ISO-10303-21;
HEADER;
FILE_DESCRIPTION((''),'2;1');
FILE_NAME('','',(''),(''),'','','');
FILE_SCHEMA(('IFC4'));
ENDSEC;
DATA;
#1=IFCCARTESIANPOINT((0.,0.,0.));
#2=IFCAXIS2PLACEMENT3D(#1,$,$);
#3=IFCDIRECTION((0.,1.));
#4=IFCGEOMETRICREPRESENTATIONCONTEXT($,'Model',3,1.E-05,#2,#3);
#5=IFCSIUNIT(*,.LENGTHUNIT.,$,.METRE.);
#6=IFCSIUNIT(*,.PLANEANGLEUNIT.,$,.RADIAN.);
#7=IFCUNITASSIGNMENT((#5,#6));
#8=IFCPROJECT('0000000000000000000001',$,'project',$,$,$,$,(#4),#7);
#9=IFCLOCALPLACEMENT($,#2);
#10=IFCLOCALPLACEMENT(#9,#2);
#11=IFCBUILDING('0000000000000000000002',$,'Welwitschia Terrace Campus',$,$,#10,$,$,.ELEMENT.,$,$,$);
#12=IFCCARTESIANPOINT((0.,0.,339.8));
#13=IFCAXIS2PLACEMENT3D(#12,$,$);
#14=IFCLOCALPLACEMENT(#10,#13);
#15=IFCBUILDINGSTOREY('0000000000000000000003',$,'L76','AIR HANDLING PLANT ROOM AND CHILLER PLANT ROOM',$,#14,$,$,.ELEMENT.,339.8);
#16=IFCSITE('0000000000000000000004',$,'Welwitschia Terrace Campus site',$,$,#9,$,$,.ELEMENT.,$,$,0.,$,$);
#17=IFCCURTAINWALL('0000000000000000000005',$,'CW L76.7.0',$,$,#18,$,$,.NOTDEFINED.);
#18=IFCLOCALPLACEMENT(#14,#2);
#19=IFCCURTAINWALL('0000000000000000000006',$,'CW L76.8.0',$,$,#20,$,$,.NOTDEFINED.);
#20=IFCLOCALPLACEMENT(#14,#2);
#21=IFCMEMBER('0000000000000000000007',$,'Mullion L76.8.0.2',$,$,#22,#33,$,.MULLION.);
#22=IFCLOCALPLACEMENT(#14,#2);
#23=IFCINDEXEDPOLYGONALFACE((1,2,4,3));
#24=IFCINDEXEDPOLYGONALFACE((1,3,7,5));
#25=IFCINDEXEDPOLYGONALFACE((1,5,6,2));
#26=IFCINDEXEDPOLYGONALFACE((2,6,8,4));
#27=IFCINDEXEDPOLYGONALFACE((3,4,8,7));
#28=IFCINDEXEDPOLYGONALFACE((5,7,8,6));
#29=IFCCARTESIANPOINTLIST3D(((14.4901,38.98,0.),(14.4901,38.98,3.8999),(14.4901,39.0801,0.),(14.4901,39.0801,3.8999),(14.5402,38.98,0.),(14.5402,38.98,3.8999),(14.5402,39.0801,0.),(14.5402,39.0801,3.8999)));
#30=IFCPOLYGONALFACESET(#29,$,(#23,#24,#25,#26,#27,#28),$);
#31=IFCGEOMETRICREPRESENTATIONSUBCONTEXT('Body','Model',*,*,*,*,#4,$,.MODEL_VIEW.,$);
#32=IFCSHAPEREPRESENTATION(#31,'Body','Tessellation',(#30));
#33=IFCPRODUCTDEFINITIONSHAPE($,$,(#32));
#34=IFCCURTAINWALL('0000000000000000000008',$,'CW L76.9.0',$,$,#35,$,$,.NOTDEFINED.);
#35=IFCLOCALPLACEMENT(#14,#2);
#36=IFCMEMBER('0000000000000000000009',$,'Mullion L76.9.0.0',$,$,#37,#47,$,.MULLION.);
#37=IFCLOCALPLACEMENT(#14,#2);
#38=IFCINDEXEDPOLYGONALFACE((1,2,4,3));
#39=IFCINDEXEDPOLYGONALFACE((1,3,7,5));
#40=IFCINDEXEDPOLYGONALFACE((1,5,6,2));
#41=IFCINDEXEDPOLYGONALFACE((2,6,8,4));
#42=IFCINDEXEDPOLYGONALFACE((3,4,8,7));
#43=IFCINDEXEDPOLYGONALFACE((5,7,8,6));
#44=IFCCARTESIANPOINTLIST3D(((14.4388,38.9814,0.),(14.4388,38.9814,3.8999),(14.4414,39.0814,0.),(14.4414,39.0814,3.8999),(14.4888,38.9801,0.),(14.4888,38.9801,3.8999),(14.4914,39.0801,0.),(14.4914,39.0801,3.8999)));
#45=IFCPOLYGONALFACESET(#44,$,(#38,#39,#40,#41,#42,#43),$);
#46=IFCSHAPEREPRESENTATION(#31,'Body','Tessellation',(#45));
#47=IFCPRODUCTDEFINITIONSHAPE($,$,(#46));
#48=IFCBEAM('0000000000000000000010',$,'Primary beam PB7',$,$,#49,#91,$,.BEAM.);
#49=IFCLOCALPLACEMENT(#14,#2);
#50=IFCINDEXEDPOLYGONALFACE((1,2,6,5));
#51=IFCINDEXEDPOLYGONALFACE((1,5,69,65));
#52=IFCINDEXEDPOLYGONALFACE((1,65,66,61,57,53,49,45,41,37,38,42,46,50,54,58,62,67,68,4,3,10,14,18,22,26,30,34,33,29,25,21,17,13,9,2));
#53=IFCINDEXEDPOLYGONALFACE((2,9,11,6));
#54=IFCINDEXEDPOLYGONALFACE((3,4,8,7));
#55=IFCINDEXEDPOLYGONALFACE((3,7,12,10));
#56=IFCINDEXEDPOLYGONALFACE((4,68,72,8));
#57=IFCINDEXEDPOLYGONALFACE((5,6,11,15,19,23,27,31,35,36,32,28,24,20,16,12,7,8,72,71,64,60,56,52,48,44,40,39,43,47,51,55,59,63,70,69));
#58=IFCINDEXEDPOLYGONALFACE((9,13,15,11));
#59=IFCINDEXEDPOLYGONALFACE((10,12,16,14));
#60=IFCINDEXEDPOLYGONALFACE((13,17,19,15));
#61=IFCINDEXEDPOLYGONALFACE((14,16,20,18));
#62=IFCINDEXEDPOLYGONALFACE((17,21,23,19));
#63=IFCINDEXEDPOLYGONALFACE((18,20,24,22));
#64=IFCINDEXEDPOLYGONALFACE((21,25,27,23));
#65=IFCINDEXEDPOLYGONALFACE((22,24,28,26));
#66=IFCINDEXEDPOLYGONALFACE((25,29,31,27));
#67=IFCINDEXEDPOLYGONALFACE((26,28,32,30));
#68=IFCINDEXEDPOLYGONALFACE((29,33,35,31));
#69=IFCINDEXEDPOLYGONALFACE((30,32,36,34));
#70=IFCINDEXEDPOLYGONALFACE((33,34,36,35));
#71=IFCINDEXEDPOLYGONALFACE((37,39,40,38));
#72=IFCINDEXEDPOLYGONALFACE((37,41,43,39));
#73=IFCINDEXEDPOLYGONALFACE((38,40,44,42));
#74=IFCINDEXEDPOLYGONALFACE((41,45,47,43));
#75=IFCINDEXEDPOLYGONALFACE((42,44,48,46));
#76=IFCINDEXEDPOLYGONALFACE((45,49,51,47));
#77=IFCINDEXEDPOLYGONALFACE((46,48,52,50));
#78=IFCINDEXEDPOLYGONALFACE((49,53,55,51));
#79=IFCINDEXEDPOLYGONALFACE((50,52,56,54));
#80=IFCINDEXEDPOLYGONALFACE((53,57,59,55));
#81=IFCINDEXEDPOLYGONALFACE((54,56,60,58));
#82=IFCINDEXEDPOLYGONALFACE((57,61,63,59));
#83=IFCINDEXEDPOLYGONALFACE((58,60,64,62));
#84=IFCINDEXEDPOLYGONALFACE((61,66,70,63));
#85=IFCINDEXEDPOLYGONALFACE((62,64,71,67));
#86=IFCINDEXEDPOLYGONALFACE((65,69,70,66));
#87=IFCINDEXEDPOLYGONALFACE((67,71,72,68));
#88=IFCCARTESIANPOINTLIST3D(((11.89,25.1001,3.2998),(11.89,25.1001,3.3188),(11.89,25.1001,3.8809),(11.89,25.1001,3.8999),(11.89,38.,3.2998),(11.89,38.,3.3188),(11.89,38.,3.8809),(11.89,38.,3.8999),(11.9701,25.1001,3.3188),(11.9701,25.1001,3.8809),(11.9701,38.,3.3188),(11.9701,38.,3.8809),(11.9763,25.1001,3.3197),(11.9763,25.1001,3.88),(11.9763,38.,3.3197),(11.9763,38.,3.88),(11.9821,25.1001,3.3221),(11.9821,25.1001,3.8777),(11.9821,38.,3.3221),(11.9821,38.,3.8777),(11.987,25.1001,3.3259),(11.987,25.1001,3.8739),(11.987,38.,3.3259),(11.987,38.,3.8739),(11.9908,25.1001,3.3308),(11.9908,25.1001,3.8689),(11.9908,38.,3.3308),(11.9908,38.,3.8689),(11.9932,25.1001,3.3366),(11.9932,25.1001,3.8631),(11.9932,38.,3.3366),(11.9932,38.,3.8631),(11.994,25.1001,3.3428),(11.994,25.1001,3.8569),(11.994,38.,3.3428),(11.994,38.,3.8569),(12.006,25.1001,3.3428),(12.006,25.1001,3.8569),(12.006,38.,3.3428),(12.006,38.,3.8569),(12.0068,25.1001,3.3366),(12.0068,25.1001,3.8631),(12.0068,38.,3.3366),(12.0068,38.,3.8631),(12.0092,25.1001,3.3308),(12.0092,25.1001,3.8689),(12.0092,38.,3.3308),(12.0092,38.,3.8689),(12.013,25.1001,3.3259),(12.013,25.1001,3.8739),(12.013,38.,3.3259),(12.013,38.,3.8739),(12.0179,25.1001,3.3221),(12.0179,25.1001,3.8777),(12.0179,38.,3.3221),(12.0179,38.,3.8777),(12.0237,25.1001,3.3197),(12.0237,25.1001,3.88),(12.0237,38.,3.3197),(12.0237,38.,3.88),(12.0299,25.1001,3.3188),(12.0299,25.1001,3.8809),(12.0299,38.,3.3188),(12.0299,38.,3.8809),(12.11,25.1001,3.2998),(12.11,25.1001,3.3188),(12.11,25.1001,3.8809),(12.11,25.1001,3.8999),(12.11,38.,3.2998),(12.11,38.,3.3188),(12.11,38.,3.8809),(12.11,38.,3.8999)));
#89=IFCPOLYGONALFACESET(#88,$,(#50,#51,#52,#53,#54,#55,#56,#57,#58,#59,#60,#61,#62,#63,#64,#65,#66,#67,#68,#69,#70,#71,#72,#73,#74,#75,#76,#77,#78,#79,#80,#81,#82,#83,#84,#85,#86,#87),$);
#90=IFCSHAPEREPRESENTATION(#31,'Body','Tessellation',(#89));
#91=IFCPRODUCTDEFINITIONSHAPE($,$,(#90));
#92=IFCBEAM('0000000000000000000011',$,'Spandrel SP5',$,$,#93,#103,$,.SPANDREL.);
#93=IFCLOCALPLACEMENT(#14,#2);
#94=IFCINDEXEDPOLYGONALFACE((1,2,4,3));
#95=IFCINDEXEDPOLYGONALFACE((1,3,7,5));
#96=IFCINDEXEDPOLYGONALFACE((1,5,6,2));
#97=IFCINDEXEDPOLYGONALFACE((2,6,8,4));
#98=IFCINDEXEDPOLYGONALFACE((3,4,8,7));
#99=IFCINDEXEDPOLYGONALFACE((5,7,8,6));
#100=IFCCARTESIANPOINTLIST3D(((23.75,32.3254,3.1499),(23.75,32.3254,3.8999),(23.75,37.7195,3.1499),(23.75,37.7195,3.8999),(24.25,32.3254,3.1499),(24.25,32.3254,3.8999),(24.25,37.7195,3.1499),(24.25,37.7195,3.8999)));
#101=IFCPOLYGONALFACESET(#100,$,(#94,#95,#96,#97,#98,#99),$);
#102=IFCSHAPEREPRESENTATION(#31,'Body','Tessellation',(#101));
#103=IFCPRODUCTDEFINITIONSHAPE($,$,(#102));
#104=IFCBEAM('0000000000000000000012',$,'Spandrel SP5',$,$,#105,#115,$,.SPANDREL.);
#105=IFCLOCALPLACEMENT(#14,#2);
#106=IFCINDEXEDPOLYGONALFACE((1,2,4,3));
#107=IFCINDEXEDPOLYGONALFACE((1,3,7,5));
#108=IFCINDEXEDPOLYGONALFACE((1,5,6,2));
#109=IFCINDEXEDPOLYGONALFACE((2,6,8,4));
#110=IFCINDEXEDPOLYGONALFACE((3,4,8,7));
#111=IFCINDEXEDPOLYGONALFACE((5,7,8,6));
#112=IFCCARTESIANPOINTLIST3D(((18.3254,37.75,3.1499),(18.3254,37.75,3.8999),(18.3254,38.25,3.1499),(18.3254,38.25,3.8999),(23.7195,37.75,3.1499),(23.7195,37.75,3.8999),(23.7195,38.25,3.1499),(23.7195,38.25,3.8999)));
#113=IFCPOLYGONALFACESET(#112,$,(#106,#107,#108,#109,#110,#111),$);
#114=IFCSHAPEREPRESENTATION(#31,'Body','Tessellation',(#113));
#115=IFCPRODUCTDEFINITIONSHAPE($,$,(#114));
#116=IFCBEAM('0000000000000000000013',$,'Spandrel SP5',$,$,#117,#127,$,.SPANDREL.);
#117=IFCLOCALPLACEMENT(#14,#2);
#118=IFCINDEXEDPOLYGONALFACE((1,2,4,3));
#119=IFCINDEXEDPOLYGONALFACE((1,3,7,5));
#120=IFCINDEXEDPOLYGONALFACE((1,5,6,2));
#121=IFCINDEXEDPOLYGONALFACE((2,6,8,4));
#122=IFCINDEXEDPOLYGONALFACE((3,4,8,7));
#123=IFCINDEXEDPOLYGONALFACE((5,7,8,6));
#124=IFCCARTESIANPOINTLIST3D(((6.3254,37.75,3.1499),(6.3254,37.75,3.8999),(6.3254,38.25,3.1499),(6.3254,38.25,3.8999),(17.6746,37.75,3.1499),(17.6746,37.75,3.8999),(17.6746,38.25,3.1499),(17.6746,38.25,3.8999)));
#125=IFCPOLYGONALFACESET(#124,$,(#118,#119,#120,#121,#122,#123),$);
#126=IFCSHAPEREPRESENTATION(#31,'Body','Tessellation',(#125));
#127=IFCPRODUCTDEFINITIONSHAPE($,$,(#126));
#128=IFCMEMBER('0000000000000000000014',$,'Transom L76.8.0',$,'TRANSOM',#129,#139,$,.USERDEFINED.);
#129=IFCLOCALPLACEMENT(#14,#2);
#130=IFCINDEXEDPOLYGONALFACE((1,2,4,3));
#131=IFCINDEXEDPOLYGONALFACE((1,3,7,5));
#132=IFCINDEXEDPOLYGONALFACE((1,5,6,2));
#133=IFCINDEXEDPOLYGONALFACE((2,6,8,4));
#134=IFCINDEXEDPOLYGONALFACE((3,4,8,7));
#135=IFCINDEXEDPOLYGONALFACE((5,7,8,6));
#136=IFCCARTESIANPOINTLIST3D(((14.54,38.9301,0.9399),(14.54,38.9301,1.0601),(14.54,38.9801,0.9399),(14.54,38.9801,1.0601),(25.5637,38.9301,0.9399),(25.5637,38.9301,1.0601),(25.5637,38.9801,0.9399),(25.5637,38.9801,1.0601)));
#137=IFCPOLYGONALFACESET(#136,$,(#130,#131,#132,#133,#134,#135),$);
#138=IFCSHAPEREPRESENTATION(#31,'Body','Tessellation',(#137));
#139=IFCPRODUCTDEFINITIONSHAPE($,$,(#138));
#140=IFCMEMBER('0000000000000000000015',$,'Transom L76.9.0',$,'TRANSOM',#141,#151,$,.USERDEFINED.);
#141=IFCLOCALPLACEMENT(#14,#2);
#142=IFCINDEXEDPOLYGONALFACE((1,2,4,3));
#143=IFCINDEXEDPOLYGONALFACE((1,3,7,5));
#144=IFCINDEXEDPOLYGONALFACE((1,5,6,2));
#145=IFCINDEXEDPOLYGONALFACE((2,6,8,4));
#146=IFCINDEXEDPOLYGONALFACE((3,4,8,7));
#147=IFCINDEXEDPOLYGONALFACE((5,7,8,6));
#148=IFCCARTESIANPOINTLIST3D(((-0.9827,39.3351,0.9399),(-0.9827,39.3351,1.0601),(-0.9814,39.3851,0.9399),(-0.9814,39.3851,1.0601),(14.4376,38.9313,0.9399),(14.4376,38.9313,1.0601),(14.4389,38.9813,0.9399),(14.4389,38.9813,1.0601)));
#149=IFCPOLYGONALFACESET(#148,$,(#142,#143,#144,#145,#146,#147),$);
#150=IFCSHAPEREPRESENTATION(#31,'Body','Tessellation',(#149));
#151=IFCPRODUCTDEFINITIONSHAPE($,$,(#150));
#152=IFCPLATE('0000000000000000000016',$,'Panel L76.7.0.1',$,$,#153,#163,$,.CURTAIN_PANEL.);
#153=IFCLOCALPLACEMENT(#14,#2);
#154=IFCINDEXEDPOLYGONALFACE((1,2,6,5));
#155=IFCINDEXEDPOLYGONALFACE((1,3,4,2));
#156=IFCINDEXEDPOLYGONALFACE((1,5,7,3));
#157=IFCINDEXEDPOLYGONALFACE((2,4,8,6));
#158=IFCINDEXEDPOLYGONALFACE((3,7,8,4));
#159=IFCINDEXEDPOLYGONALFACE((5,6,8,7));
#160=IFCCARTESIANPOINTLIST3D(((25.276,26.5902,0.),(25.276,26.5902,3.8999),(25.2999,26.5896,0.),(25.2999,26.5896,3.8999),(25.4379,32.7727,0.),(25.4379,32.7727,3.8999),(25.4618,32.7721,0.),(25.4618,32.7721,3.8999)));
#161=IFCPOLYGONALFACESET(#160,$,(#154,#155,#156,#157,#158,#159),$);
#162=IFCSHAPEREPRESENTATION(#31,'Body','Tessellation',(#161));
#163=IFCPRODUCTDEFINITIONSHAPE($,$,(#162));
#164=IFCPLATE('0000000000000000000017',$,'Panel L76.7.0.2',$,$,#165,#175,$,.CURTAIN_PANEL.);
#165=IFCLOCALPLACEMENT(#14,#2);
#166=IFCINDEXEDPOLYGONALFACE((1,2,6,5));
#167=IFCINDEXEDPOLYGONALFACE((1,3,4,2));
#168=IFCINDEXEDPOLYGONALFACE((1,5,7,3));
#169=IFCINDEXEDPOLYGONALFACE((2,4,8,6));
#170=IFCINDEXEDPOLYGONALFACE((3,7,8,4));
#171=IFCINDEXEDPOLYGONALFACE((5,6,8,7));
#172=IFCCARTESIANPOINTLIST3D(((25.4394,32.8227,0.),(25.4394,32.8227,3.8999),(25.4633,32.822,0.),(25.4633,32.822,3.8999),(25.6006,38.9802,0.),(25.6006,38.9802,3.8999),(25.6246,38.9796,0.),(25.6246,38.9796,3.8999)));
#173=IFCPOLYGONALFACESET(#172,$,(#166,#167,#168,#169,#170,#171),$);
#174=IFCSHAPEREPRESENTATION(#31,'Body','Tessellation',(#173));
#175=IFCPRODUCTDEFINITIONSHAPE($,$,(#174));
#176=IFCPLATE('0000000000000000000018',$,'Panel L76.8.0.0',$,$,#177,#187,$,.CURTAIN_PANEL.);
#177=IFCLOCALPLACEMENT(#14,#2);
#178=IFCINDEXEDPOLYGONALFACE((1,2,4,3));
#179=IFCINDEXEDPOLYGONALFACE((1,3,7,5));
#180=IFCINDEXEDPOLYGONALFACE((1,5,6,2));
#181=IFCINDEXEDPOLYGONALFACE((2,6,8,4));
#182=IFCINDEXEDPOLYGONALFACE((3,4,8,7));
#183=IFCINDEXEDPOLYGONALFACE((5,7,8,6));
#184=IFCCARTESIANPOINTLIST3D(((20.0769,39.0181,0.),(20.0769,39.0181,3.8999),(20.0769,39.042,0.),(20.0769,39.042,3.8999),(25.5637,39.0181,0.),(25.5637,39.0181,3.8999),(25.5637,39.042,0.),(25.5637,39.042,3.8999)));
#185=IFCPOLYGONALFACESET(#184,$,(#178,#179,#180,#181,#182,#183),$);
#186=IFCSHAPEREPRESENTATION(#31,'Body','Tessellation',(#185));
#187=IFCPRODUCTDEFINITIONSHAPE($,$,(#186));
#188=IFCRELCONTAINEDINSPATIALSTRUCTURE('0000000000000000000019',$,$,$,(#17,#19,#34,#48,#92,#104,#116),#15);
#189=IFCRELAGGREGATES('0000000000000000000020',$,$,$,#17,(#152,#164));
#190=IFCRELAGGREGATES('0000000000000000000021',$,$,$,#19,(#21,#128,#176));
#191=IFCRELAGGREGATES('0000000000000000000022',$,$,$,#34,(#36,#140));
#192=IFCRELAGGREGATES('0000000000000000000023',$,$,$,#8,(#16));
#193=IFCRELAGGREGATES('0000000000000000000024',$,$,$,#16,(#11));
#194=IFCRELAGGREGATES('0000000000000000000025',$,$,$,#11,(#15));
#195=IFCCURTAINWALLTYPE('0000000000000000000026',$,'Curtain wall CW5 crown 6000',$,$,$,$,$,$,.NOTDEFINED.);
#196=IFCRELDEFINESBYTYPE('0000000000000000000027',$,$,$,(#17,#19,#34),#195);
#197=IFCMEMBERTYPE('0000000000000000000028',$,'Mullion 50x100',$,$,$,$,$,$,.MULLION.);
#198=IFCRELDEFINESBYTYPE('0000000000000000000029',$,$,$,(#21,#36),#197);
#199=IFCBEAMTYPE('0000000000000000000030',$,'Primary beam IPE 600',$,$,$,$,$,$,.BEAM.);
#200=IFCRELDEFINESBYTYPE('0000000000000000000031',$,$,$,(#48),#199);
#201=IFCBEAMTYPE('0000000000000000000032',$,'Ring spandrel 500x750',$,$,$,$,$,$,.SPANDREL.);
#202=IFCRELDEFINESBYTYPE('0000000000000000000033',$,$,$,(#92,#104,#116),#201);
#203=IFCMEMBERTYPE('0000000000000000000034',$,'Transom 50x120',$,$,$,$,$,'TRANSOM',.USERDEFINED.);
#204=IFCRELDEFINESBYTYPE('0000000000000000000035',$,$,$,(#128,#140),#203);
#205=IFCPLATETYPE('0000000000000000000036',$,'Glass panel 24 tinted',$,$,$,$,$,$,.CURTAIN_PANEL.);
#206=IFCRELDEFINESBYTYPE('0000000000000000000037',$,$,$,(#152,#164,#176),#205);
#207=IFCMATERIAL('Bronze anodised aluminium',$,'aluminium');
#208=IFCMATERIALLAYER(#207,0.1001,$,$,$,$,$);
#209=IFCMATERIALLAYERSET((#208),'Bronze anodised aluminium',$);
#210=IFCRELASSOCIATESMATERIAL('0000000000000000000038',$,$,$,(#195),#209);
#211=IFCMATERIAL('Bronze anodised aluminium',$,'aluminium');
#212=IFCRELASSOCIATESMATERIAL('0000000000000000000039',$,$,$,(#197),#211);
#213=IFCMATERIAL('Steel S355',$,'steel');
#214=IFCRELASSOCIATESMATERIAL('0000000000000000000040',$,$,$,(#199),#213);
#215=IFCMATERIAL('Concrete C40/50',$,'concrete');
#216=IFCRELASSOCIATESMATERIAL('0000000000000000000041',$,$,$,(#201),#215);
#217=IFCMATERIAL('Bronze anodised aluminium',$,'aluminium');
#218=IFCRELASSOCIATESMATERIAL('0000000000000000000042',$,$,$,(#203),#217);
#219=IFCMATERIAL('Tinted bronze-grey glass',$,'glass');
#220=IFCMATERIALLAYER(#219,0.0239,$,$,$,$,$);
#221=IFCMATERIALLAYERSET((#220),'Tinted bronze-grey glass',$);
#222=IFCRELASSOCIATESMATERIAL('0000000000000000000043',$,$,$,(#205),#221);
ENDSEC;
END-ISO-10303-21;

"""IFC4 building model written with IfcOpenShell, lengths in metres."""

from ifc_helpers import new_model, si_unit, direction, frame, origin, origin_2d, place, context, subcontext, project, spatial, rectangle, i_section, extrude, material, layer, layer_set, material_profile, profile_set, type_object, element, aggregate, save


model = new_model("IFC4")

# Units and contexts
model_context = context("Model", 3, precision=1e-05, world=origin(), true_north=direction((0.0, 1.0)))
body_context = subcontext(model_context, "Body", "Model", "MODEL_VIEW")
ifc_project = project(units=[si_unit("LENGTHUNIT", "METRE"), si_unit("PLANEANGLEUNIT", "RADIAN")], contexts=[model_context])

# Site, building, storey
site_placement = place(None, origin())
site = spatial("IfcSite", under=ifc_project, at=site_placement, Name="Welwitschia Terrace Campus site", CompositionType="ELEMENT", RefElevation=0.0)
building_placement = place(site_placement, origin())
building = spatial("IfcBuilding", under=site, at=building_placement, Name="Welwitschia Terrace Campus", CompositionType="ELEMENT")
storey_placement = place(building_placement, frame((0.0, 0.0, 339.8)))
storey = spatial("IfcBuildingStorey", under=building, at=storey_placement, Name="L76", Description="AIR HANDLING PLANT ROOM AND CHILLER PLANT ROOM", CompositionType="ELEMENT", Elevation=339.8)

# Curtain walls, member
ifc_material_1 = material(Name="Bronze anodised aluminium", Category="aluminium")
ifc_layer_1 = layer(ifc_material_1, 0.1001)
ifc_layer_set_1 = layer_set([ifc_layer_1], Name="Bronze anodised aluminium")
curtain_wall_type = type_object("IfcCurtainWallType", Name="Curtain wall CW5 crown 6000", PredefinedType="NOTDEFINED", material=ifc_layer_set_1)
curtain_wall_1_placement = place(storey_placement, origin())
curtain_wall_1 = element("IfcCurtainWall", 1, at=curtain_wall_1_placement, inside=storey, type_object=curtain_wall_type, Name="CW L76.7.0", PredefinedType="NOTDEFINED")
ifc_material_2 = material(Name="Bronze anodised aluminium", Category="aluminium")
ifc_material_profile_1 = material_profile(ifc_material_2, rectangle(XDim=0.1001, YDim=0.05, at=origin_2d()))
ifc_profile_set_1 = profile_set([ifc_material_profile_1], Name="Bronze anodised aluminium")
member_type_1 = type_object("IfcMemberType", Name="Mullion 50x100", PredefinedType="MULLION", material=ifc_profile_set_1)
curtain_wall_2_placement = place(storey_placement, origin())
curtain_wall_2 = element("IfcCurtainWall", 2, at=curtain_wall_2_placement, inside=storey, type_object=curtain_wall_type, Name="CW L76.8.0", PredefinedType="NOTDEFINED")
member_1_placement = place(storey_placement, frame((14.5151, 39.03, 0.0), z_axis=(0.0, 0.0, 1.0), x_axis=(0.0, -1.0, 0.0)))
member_1 = element("IfcMember", 3, at=member_1_placement, type_object=member_type_1, Name="Mullion L76.8.0.2", PredefinedType="MULLION", context=body_context, shape_type="SweptSolid", body=[
    extrude(rectangle(XDim=0.1001, YDim=0.05, at=origin_2d()), origin(), (0.0, 0.0, 1.0), 3.8999),
])

# Curtain wall, member
curtain_wall_3_placement = place(storey_placement, origin())
curtain_wall_3 = element("IfcCurtainWall", 4, at=curtain_wall_3_placement, inside=storey, type_object=curtain_wall_type, Name="CW L76.9.0", PredefinedType="NOTDEFINED")
member_2_placement = place(storey_placement, frame((14.4651, 39.0308, 0.0), z_axis=(0.0, 0.0, 1.0), x_axis=(-0.026177, -0.999657, 0.0)))
member_2 = element("IfcMember", 5, at=member_2_placement, type_object=member_type_1, Name="Mullion L76.9.0.0", PredefinedType="MULLION", context=body_context, shape_type="SweptSolid", body=[
    extrude(rectangle(XDim=0.1001, YDim=0.05, at=origin_2d()), origin(), (0.0, 0.0, 1.0), 3.8999),
])

# Beams
ifc_material_3 = material(Name="Steel S355", Category="steel")
ifc_material_profile_2 = material_profile(ifc_material_3, i_section(OverallWidth=0.22, OverallDepth=0.6001, WebThickness=0.012, FlangeThickness=0.019, FilletRadius=0.0239, at=origin_2d()))
ifc_profile_set_2 = profile_set([ifc_material_profile_2], Name="Steel S355")
beam_type_1 = type_object("IfcBeamType", Name="Primary beam IPE 600", PredefinedType="BEAM", material=ifc_profile_set_2)
beam_1_placement = place(storey_placement, frame((12.0, 38.0, 3.5999), z_axis=(0.0, -1.0, 0.0), x_axis=(1.0, 0.0, 0.0)))
element("IfcBeam", 6, at=beam_1_placement, inside=storey, type_object=beam_type_1, Name="Primary beam PB7", PredefinedType="BEAM", context=body_context, shape_type="SweptSolid", body=[
    extrude(i_section(OverallWidth=0.22, OverallDepth=0.6001, WebThickness=0.012, FlangeThickness=0.019, FilletRadius=0.0239, at=origin_2d()), origin(), (0.0, 0.0, 1.0), 12.8999),
])
ifc_material_4 = material(Name="Concrete C40/50", Category="concrete")
ifc_material_profile_3 = material_profile(ifc_material_4, rectangle(XDim=0.5, YDim=0.75, at=origin_2d()))
ifc_profile_set_3 = profile_set([ifc_material_profile_3], Name="Concrete C40/50")
beam_type_2 = type_object("IfcBeamType", Name="Ring spandrel 500x750", PredefinedType="SPANDREL", material=ifc_profile_set_3)
for number, where, z_axis, x_axis, name in (
    (7, (24.0, 32.3254, 3.5249), (0.0, 1.0, 0.0), (-1.0, 0.0, 0.0), "Spandrel SP5"),
    (8, (23.7195, 38.0, 3.5249), (-1.0, 0.0, 0.0), (0.0, -1.0, 0.0), "Spandrel SP5"),
):
    element("IfcBeam", number, at=place(storey_placement, frame(where, z_axis=z_axis, x_axis=x_axis)), inside=storey, type_object=beam_type_2, Name=name, PredefinedType="SPANDREL", context=body_context, shape_type="SweptSolid", body=[
        extrude(rectangle(XDim=0.5, YDim=0.75, at=origin_2d()), origin(), (0.0, 0.0, 1.0), 5.394),
    ])
beam_2_placement = place(storey_placement, frame((17.6746, 38.0, 3.5249), z_axis=(-1.0, 0.0, 0.0), x_axis=(0.0, -1.0, 0.0)))
element("IfcBeam", 9, at=beam_2_placement, inside=storey, type_object=beam_type_2, Name="Spandrel SP5", PredefinedType="SPANDREL", context=body_context, shape_type="SweptSolid", body=[
    extrude(rectangle(XDim=0.5, YDim=0.75, at=origin_2d()), origin(), (0.0, 0.0, 1.0), 11.3491),
])

# Members
ifc_material_5 = material(Name="Bronze anodised aluminium", Category="aluminium")
ifc_material_profile_4 = material_profile(ifc_material_5, rectangle(XDim=0.05, YDim=0.1201, at=origin_2d()))
ifc_profile_set_4 = profile_set([ifc_material_profile_4], Name="Bronze anodised aluminium")
member_type_2 = type_object("IfcMemberType", Name="Transom 50x120", ElementType="TRANSOM", PredefinedType="USERDEFINED", material=ifc_profile_set_4)
member_3_placement = place(storey_placement, frame((25.5637, 38.9551, 1.0), z_axis=(-1.0, 0.0, 0.0), x_axis=(0.0, -1.0, 0.0)))
member_3 = element("IfcMember", 10, at=member_3_placement, type_object=member_type_2, Name="Transom L76.8.0", ObjectType="TRANSOM", PredefinedType="USERDEFINED", context=body_context, shape_type="SweptSolid", body=[
    extrude(rectangle(XDim=0.05, YDim=0.1201, at=origin_2d()), origin(), (0.0, 0.0, 1.0), 11.0237),
])
member_4_placement = place(storey_placement, frame((14.4382, 38.9563, 1.0), z_axis=(-0.999657, 0.026178, 0.0), x_axis=(-0.026178, -0.999657, 0.0)))
member_4 = element("IfcMember", 11, at=member_4_placement, type_object=member_type_2, Name="Transom L76.9.0", ObjectType="TRANSOM", PredefinedType="USERDEFINED", context=body_context, shape_type="SweptSolid", body=[
    extrude(rectangle(XDim=0.05, YDim=0.1201, at=origin_2d()), origin(), (0.0, 0.0, 1.0), 15.4255),
])

# Plates
ifc_material_6 = material(Name="Tinted bronze-grey glass", Category="glass")
ifc_layer_2 = layer(ifc_material_6, 0.0239)
ifc_layer_set_2 = layer_set([ifc_layer_2], Name="Tinted bronze-grey glass")
plate_type = type_object("IfcPlateType", Name="Glass panel 24 tinted", PredefinedType="CURTAIN_PANEL", material=ifc_layer_set_2)
plate_1_placement = place(storey_placement, frame((25.3689, 29.6812, 0.0), z_axis=(0.0, 0.0, 1.0), x_axis=(0.026177, 0.999657, 0.0)))
plate_1 = element("IfcPlate", 12, at=plate_1_placement, type_object=plate_type, Name="Panel L76.7.0.1", PredefinedType="CURTAIN_PANEL", context=body_context, shape_type="SweptSolid", body=[
    extrude(rectangle(XDim=6.1846, YDim=0.0239, at=origin_2d()), origin(), (0.0, 0.0, 1.0), 3.8999),
])
plate_2_placement = place(storey_placement, frame((25.532, 35.9011, 0.0), z_axis=(0.0, 0.0, 1.0), x_axis=(0.026177, 0.999657, 0.0)))
plate_2 = element("IfcPlate", 13, at=plate_2_placement, type_object=plate_type, Name="Panel L76.7.0.2", PredefinedType="CURTAIN_PANEL", context=body_context, shape_type="SweptSolid", body=[
    extrude(rectangle(XDim=6.1597, YDim=0.0239, at=origin_2d()), origin(), (0.0, 0.0, 1.0), 3.8999),
])
aggregate(curtain_wall_1, [plate_1, plate_2])
plate_3_placement = place(storey_placement, frame((22.8203, 39.03, 0.0), z_axis=(0.0, 0.0, 1.0), x_axis=(-1.0, 0.0, 0.0)))
plate_3 = element("IfcPlate", 14, at=plate_3_placement, type_object=plate_type, Name="Panel L76.8.0.0", PredefinedType="CURTAIN_PANEL", context=body_context, shape_type="SweptSolid", body=[
    extrude(rectangle(XDim=5.4868, YDim=0.0239, at=origin_2d()), origin(), (0.0, 0.0, 1.0), 3.8999),
])
aggregate(curtain_wall_2, [member_1, member_3, plate_3])
aggregate(curtain_wall_3, [member_2, member_4])

save(model, "model.ifc")
